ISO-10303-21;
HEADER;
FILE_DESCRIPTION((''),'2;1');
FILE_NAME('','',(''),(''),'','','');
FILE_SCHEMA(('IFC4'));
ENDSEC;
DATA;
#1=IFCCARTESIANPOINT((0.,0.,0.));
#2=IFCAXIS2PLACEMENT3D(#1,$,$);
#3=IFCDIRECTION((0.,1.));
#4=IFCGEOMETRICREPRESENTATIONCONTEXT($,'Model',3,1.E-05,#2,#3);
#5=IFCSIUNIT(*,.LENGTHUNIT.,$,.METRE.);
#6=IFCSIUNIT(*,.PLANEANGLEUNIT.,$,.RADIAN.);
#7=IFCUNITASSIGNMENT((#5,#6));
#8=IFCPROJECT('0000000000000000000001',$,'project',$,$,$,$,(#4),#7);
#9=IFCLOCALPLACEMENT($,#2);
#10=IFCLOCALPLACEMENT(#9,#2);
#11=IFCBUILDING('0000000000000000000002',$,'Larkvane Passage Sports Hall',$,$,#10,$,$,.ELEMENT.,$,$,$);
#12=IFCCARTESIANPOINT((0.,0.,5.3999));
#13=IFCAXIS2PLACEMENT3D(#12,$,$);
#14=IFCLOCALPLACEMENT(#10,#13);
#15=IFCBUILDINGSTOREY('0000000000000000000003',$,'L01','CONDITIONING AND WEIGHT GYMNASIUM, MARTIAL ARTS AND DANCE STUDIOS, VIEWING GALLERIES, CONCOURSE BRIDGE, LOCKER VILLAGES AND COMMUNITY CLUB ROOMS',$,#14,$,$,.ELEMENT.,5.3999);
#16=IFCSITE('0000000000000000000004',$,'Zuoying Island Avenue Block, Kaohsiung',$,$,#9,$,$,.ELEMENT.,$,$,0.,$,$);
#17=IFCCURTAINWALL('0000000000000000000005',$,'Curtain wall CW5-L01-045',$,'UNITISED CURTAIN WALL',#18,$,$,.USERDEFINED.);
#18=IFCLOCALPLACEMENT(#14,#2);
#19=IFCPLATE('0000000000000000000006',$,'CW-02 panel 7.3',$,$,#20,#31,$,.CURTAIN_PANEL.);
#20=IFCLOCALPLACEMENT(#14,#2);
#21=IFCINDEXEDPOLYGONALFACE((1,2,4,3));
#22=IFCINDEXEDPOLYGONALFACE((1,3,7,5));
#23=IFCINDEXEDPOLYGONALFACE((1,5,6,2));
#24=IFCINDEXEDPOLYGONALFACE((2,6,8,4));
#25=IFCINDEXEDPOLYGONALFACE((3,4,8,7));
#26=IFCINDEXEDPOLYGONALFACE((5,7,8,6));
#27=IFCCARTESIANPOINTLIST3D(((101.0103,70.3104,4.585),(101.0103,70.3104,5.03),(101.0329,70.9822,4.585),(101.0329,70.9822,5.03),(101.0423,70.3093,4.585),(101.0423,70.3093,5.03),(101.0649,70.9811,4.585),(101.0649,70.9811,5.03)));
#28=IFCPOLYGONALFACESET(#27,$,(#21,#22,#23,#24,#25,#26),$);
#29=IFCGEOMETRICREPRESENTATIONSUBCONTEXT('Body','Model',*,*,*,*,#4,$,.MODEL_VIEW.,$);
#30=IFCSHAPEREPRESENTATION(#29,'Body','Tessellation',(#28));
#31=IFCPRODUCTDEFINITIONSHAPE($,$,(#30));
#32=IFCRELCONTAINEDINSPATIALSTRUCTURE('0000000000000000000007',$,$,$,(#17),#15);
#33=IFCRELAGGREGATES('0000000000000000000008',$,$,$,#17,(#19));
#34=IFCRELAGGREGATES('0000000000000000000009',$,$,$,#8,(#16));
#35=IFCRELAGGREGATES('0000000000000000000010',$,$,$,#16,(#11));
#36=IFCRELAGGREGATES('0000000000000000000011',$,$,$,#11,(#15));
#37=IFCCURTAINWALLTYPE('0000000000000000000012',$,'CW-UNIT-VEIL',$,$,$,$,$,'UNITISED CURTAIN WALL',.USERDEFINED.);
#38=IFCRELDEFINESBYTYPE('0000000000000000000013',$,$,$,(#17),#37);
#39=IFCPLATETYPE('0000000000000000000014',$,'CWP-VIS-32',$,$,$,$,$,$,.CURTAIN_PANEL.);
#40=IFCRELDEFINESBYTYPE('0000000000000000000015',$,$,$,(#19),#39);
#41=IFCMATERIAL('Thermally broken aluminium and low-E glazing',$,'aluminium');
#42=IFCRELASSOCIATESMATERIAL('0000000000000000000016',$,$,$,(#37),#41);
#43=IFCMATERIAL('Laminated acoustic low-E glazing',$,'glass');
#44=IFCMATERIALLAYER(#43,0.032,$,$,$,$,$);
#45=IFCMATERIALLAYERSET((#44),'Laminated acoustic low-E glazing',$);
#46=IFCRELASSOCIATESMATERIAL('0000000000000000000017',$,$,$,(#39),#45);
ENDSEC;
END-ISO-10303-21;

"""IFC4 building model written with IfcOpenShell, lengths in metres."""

from ifc_helpers import new_model, si_unit, direction, frame, origin, origin_2d, place, context, subcontext, project, spatial, rectangle, extrude, material, layer, layer_set, type_object, element, aggregate, save


model = new_model("IFC4")

# Units and contexts
model_context = context("Model", 3, precision=1e-05, world=origin(), true_north=direction((0.0, 1.0)))
body_context = subcontext(model_context, "Body", "Model", "MODEL_VIEW")
ifc_project = project(units=[si_unit("LENGTHUNIT", "METRE"), si_unit("PLANEANGLEUNIT", "RADIAN")], contexts=[model_context])

# Site, building, storey
site_placement = place(None, origin())
site = spatial("IfcSite", under=ifc_project, at=site_placement, Name="Zuoying Island Avenue Block, Kaohsiung", CompositionType="ELEMENT", RefElevation=0.0)
building_placement = place(site_placement, origin())
building = spatial("IfcBuilding", under=site, at=building_placement, Name="Larkvane Passage Sports Hall", CompositionType="ELEMENT")
storey_placement = place(building_placement, frame((0.0, 0.0, 5.3999)))
storey = spatial("IfcBuildingStorey", under=building, at=storey_placement, Name="L01", Description="CONDITIONING AND WEIGHT GYMNASIUM, MARTIAL ARTS AND DANCE STUDIOS, VIEWING GALLERIES, CONCOURSE BRIDGE, LOCKER VILLAGES AND COMMUNITY CLUB ROOMS", CompositionType="ELEMENT", Elevation=5.3999)

# Curtain wall, plate
ifc_material_1 = material(Name="Thermally broken aluminium and low-E glazing", Category="aluminium")
curtain_wall_type = type_object("IfcCurtainWallType", Name="CW-UNIT-VEIL", ElementType="UNITISED CURTAIN WALL", PredefinedType="USERDEFINED", material=ifc_material_1)
curtain_wall_placement = place(storey_placement, origin())
curtain_wall = element("IfcCurtainWall", 1, at=curtain_wall_placement, inside=storey, type_object=curtain_wall_type, Name="Curtain wall CW5-L01-045", ObjectType="UNITISED CURTAIN WALL", PredefinedType="USERDEFINED")
ifc_material_2 = material(Name="Laminated acoustic low-E glazing", Category="glass")
ifc_layer_1 = layer(ifc_material_2, 0.032)
ifc_layer_set_1 = layer_set([ifc_layer_1], Name="Laminated acoustic low-E glazing")
plate_type_1 = type_object("IfcPlateType", Name="CWP-VIS-32", PredefinedType="CURTAIN_PANEL", material=ifc_layer_set_1)
plate_1_placement = place(storey_placement, frame((101.0376, 70.6458, 4.585), z_axis=(0.0, 0.0, 1.0), x_axis=(-0.033688, -0.999432, 0.0)))
plate_1 = element("IfcPlate", 2, at=plate_1_placement, type_object=plate_type_1, Name="CW-02 panel 7.3", PredefinedType="CURTAIN_PANEL", context=body_context, shape_type="SweptSolid", body=[
    extrude(rectangle(XDim=0.6721, YDim=0.032, at=origin_2d()), origin(), (0.0, 0.0, 1.0), 0.4451),
])
aggregate(curtain_wall, [plate_1])

save(model, "model.ifc")
